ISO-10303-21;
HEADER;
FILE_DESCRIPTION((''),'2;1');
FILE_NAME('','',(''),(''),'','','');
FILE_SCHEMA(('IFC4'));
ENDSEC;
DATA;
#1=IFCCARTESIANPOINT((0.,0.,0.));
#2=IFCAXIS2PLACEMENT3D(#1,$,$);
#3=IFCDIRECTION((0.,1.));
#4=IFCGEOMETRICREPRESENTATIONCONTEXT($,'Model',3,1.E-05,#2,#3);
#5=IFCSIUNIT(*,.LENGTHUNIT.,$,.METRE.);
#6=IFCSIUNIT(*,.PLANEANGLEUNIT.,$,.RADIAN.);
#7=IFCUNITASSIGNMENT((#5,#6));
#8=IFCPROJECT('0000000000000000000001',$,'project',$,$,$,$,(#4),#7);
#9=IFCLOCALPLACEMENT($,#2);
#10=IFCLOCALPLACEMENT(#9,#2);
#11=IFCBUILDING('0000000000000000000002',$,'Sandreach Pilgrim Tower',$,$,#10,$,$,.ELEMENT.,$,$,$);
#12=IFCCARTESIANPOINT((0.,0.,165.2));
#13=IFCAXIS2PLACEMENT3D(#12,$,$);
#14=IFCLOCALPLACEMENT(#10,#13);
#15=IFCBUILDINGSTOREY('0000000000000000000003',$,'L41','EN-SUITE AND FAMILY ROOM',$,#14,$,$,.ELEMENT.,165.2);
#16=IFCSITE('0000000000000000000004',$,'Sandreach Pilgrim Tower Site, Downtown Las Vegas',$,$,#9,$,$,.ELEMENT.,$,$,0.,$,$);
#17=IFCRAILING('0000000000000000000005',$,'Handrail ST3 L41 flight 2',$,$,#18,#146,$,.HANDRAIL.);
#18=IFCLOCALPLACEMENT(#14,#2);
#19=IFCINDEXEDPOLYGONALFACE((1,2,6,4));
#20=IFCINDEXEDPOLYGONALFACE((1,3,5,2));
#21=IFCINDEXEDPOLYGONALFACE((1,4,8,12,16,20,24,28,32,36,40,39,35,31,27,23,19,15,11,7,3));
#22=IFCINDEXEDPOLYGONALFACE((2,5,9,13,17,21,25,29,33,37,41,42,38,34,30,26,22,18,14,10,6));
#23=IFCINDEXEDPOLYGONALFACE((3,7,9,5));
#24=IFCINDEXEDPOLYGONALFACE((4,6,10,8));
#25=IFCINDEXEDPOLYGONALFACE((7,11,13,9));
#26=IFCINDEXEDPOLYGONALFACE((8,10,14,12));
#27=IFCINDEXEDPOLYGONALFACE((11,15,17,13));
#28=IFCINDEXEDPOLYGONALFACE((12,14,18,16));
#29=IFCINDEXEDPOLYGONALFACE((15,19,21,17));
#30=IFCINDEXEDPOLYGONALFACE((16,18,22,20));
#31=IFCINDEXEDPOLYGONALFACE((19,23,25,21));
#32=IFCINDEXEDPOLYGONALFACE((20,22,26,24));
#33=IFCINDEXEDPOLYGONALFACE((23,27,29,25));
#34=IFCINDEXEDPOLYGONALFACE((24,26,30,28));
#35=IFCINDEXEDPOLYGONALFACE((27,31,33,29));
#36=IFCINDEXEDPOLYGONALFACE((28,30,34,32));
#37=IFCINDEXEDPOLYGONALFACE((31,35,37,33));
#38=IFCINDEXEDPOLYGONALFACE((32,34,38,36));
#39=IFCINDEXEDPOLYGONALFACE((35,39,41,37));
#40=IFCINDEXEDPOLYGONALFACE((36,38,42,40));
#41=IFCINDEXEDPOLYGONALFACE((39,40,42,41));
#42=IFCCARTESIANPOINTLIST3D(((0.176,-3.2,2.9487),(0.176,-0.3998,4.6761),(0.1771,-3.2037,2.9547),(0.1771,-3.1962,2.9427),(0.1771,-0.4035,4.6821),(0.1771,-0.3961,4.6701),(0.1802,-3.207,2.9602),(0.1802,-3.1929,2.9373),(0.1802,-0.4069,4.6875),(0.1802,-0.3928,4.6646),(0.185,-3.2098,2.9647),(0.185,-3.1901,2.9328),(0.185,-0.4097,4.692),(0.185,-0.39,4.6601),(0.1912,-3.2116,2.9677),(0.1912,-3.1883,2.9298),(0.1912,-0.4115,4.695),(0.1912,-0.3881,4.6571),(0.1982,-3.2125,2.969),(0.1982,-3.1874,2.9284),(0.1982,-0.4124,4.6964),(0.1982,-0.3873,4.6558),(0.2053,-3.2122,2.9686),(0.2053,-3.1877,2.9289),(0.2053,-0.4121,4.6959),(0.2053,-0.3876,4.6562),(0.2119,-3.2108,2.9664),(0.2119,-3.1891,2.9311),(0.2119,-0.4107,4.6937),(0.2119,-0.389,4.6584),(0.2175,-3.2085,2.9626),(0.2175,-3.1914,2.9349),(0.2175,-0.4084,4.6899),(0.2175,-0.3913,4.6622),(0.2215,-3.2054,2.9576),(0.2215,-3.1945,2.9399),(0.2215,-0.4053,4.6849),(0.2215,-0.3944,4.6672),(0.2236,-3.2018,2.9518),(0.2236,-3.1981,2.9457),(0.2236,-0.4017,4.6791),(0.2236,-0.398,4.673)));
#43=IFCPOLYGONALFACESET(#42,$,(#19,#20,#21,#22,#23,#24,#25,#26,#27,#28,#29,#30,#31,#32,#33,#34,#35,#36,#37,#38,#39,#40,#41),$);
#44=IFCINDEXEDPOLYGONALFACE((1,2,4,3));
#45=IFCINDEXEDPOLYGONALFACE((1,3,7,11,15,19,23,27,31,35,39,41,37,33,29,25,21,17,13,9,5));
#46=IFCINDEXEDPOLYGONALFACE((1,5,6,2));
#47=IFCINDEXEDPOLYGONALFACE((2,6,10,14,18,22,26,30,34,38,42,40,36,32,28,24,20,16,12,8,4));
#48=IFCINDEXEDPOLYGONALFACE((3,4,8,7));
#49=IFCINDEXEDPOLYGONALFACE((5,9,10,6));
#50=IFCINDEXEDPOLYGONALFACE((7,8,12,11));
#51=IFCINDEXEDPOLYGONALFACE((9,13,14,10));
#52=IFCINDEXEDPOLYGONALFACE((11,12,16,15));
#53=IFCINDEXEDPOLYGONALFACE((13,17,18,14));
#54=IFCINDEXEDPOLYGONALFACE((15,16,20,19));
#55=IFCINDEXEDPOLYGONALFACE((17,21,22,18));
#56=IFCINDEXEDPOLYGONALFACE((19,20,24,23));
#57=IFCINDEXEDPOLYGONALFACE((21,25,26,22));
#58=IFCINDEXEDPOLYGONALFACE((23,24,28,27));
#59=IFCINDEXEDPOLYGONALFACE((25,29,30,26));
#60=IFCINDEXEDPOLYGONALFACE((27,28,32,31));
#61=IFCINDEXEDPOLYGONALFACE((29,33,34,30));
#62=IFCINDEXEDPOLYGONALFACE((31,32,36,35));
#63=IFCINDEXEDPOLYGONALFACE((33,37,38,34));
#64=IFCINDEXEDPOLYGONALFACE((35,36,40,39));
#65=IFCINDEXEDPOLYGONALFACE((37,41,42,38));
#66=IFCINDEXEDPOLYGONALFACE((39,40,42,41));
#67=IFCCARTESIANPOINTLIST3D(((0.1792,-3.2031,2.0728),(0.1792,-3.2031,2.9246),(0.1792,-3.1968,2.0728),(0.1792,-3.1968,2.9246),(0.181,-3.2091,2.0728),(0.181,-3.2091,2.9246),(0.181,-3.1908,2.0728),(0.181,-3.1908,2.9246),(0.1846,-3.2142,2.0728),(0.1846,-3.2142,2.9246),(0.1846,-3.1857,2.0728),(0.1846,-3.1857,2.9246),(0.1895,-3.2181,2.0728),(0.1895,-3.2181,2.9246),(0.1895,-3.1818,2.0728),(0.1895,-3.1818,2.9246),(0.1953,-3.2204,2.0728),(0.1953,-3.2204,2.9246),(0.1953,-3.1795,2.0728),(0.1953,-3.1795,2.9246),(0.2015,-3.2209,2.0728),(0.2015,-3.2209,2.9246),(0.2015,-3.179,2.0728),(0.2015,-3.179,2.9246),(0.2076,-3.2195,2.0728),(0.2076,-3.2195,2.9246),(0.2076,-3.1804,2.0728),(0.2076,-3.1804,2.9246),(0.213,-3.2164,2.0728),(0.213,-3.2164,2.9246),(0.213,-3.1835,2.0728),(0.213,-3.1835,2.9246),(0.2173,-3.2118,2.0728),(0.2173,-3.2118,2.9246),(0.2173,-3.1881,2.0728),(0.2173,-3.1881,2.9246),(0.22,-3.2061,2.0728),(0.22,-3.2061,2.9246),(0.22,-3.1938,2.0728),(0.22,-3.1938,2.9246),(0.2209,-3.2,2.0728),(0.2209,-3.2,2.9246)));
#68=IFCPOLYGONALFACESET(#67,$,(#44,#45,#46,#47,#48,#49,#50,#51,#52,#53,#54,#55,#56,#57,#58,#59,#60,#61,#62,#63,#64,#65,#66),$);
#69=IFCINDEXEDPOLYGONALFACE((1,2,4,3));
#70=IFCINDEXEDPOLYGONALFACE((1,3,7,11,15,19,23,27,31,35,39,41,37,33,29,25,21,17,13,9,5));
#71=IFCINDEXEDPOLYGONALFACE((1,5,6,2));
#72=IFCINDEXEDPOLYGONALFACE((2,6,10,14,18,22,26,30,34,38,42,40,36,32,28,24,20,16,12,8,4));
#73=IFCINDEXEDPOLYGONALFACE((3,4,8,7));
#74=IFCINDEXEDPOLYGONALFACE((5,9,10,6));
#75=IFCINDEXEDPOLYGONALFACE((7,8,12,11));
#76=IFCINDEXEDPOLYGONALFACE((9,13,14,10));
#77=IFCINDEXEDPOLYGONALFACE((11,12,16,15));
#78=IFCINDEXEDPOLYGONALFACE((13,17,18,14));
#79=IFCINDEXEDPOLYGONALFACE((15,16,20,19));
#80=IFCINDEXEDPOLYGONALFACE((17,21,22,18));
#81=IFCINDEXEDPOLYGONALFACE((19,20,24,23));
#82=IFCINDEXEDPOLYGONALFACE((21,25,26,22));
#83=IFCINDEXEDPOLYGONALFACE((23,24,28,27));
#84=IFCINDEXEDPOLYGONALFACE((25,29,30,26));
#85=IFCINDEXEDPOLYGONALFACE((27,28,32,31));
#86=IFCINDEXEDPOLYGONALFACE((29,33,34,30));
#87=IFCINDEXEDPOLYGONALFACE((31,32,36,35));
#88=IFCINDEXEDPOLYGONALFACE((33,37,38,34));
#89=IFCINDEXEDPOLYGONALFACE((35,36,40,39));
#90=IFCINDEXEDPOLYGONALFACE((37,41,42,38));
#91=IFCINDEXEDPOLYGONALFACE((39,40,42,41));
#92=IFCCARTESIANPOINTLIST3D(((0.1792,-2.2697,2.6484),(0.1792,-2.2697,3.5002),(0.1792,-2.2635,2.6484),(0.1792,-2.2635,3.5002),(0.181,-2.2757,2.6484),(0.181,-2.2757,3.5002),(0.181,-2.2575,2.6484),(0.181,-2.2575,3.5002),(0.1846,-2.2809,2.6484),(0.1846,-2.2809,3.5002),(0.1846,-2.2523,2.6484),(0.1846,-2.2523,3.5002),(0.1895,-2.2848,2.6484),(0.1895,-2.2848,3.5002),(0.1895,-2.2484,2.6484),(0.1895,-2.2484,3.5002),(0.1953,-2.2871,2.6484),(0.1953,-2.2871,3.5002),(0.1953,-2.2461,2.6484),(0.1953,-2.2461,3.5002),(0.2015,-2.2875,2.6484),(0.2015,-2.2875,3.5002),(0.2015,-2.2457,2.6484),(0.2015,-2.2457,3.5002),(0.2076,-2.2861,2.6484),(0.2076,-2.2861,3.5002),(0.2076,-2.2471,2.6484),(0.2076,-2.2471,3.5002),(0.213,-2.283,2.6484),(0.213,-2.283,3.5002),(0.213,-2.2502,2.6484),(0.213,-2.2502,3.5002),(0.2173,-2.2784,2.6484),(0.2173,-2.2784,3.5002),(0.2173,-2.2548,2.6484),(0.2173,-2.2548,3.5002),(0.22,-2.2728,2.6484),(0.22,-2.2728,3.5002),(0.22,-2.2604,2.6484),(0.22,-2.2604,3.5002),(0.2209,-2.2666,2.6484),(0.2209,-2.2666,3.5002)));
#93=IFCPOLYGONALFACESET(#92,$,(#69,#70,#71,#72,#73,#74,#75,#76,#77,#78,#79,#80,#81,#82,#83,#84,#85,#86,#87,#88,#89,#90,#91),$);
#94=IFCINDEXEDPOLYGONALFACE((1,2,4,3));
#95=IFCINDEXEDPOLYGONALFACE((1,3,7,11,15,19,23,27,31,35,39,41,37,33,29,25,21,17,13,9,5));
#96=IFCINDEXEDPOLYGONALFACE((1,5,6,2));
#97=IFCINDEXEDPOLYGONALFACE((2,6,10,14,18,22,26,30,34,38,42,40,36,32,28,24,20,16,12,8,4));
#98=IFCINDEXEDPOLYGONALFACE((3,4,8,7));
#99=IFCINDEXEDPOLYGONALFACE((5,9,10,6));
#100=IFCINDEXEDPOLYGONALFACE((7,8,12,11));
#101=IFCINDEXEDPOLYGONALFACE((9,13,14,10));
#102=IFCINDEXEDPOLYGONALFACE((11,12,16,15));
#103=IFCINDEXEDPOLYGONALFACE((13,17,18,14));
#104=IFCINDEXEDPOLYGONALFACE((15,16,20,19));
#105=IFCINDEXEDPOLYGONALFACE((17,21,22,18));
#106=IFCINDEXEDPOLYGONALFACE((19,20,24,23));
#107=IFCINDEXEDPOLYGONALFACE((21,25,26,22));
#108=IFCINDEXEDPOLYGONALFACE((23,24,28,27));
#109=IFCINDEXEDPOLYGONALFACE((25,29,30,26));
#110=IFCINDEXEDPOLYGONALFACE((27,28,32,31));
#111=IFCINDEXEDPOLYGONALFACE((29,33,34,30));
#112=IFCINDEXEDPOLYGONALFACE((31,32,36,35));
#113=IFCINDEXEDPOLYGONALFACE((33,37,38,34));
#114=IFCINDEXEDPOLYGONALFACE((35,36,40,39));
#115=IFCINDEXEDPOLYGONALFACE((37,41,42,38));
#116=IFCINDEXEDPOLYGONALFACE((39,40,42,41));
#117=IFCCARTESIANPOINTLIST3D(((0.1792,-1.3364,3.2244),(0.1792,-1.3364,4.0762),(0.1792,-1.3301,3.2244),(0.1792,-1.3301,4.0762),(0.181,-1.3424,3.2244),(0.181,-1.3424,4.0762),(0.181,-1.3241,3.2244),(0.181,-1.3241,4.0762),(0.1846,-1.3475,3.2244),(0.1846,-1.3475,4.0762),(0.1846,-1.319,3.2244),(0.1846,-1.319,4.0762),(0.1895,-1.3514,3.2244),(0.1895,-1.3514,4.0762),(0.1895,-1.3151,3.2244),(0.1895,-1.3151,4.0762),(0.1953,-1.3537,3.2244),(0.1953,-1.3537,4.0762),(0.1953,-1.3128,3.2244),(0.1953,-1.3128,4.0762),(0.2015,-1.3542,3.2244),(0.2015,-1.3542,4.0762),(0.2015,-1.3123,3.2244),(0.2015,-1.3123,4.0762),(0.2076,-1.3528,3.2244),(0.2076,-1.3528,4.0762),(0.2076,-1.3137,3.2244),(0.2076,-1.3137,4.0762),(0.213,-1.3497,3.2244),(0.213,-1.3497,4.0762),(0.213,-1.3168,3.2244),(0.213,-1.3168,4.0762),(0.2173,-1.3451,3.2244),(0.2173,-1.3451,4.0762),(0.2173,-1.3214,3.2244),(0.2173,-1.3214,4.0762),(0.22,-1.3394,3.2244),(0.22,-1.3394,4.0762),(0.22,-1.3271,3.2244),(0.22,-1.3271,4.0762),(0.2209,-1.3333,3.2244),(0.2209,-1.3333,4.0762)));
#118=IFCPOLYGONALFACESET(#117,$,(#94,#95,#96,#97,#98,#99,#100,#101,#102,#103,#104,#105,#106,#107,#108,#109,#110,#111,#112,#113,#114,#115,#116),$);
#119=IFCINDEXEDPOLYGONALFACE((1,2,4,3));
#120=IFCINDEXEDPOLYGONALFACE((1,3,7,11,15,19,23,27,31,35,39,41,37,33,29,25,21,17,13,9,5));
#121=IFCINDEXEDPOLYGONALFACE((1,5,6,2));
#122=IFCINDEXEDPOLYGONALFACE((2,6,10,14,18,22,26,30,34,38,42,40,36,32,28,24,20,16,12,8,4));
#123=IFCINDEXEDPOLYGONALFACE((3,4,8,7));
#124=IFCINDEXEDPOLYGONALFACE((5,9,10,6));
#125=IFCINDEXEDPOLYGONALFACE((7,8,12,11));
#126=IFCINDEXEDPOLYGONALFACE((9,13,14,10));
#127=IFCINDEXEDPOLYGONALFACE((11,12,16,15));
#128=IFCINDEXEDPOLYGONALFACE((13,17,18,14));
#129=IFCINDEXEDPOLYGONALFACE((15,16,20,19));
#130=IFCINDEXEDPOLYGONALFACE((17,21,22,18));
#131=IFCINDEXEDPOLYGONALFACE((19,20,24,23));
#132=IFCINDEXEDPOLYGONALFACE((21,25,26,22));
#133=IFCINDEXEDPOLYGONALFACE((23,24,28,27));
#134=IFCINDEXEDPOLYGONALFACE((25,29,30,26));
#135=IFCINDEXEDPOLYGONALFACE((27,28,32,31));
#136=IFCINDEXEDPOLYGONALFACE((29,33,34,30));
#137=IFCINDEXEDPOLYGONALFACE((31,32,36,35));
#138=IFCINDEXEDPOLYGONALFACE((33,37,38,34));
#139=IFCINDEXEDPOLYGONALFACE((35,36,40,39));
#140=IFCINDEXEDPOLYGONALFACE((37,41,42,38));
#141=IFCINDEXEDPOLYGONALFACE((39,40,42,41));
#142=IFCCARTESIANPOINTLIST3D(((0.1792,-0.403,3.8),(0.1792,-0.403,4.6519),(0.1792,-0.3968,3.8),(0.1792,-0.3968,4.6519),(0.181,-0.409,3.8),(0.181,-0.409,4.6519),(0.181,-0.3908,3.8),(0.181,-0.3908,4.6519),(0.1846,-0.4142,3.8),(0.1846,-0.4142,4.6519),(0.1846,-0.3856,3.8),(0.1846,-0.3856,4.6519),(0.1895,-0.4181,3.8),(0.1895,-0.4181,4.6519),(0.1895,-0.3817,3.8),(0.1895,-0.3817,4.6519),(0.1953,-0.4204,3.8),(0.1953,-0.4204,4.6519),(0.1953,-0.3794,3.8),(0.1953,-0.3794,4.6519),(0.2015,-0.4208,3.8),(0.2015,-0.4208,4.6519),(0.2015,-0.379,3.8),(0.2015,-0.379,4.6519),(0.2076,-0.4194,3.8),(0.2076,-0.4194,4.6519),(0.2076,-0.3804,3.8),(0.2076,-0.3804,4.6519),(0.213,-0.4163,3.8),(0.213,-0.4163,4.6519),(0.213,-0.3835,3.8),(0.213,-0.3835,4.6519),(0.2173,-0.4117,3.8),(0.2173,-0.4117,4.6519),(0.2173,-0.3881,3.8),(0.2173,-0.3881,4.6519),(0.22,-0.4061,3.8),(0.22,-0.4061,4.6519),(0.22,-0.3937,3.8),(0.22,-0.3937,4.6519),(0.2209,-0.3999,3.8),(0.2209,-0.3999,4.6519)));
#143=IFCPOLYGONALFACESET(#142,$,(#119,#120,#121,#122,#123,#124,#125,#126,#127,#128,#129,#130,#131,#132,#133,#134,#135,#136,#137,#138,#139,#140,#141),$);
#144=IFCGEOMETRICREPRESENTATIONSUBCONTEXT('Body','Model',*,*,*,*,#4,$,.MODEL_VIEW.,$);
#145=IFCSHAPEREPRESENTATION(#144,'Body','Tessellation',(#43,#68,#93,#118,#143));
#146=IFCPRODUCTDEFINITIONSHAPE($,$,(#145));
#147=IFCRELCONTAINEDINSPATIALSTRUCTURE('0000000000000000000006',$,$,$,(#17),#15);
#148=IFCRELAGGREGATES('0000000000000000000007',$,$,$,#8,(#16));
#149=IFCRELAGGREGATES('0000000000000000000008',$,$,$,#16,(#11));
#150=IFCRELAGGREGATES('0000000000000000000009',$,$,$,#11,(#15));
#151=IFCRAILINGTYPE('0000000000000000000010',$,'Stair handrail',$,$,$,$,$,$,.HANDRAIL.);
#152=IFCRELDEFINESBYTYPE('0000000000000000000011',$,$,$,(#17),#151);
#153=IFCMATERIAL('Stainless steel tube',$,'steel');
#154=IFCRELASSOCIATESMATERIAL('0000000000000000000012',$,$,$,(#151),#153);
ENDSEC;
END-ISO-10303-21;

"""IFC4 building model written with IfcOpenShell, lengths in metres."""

from ifc_helpers import new_model, si_unit, direction, frame, origin, origin_2d, place, context, subcontext, project, spatial, circle, extrude, material, type_object, element, save


model = new_model("IFC4")

# Units and contexts
model_context = context("Model", 3, precision=1e-05, world=origin(), true_north=direction((0.0, 1.0)))
body_context = subcontext(model_context, "Body", "Model", "MODEL_VIEW")
ifc_project = project(units=[si_unit("LENGTHUNIT", "METRE"), si_unit("PLANEANGLEUNIT", "RADIAN")], contexts=[model_context])

# Site, building, storey
site_placement = place(None, origin())
site = spatial("IfcSite", under=ifc_project, at=site_placement, Name="Sandreach Pilgrim Tower Site, Downtown Las Vegas", CompositionType="ELEMENT", RefElevation=0.0)
building_placement = place(site_placement, origin())
building = spatial("IfcBuilding", under=site, at=building_placement, Name="Sandreach Pilgrim Tower", CompositionType="ELEMENT")
storey_placement = place(building_placement, frame((0.0, 0.0, 165.2)))
storey = spatial("IfcBuildingStorey", under=building, at=storey_placement, Name="L41", Description="EN-SUITE AND FAMILY ROOM", CompositionType="ELEMENT", Elevation=165.2)

# Railing
ifc_material_1 = material(Name="Stainless steel tube", Category="steel")
railing_type = type_object("IfcRailingType", Name="Stair handrail", PredefinedType="HANDRAIL", material=ifc_material_1)
for number, where, name in (
    (1, (0.2, -3.2, 2.0728), "Handrail ST3 L41 flight 2"),
):
    element("IfcRailing", number, at=place(storey_placement, frame(where)), inside=storey, type_object=railing_type, Name=name, PredefinedType="HANDRAIL", context=body_context, shape_type="SweptSolid", body=[
        extrude(circle(Radius=0.0239, at=origin_2d()), frame((0.0, 0.0, 0.876), z_axis=(0.0, 0.85109, 0.52502), x_axis=(-1.0, 0.0, 0.0)), (0.0, 0.0, 1.0), 3.29),
        extrude(circle(Radius=0.021, at=origin_2d()), origin(), (0.0, 0.0, 1.0), 0.8518),
        extrude(circle(Radius=0.021, at=origin_2d()), frame((0.0, 0.9333, 0.5757)), (0.0, 0.0, 1.0), 0.8518),
        extrude(circle(Radius=0.021, at=origin_2d()), frame((0.0, 1.8667, 1.1516)), (0.0, 0.0, 1.0), 0.8518),
        extrude(circle(Radius=0.021, at=origin_2d()), frame((0.0, 2.8, 1.7273)), (0.0, 0.0, 1.0), 0.8518),
    ])

save(model, "model.ifc")
